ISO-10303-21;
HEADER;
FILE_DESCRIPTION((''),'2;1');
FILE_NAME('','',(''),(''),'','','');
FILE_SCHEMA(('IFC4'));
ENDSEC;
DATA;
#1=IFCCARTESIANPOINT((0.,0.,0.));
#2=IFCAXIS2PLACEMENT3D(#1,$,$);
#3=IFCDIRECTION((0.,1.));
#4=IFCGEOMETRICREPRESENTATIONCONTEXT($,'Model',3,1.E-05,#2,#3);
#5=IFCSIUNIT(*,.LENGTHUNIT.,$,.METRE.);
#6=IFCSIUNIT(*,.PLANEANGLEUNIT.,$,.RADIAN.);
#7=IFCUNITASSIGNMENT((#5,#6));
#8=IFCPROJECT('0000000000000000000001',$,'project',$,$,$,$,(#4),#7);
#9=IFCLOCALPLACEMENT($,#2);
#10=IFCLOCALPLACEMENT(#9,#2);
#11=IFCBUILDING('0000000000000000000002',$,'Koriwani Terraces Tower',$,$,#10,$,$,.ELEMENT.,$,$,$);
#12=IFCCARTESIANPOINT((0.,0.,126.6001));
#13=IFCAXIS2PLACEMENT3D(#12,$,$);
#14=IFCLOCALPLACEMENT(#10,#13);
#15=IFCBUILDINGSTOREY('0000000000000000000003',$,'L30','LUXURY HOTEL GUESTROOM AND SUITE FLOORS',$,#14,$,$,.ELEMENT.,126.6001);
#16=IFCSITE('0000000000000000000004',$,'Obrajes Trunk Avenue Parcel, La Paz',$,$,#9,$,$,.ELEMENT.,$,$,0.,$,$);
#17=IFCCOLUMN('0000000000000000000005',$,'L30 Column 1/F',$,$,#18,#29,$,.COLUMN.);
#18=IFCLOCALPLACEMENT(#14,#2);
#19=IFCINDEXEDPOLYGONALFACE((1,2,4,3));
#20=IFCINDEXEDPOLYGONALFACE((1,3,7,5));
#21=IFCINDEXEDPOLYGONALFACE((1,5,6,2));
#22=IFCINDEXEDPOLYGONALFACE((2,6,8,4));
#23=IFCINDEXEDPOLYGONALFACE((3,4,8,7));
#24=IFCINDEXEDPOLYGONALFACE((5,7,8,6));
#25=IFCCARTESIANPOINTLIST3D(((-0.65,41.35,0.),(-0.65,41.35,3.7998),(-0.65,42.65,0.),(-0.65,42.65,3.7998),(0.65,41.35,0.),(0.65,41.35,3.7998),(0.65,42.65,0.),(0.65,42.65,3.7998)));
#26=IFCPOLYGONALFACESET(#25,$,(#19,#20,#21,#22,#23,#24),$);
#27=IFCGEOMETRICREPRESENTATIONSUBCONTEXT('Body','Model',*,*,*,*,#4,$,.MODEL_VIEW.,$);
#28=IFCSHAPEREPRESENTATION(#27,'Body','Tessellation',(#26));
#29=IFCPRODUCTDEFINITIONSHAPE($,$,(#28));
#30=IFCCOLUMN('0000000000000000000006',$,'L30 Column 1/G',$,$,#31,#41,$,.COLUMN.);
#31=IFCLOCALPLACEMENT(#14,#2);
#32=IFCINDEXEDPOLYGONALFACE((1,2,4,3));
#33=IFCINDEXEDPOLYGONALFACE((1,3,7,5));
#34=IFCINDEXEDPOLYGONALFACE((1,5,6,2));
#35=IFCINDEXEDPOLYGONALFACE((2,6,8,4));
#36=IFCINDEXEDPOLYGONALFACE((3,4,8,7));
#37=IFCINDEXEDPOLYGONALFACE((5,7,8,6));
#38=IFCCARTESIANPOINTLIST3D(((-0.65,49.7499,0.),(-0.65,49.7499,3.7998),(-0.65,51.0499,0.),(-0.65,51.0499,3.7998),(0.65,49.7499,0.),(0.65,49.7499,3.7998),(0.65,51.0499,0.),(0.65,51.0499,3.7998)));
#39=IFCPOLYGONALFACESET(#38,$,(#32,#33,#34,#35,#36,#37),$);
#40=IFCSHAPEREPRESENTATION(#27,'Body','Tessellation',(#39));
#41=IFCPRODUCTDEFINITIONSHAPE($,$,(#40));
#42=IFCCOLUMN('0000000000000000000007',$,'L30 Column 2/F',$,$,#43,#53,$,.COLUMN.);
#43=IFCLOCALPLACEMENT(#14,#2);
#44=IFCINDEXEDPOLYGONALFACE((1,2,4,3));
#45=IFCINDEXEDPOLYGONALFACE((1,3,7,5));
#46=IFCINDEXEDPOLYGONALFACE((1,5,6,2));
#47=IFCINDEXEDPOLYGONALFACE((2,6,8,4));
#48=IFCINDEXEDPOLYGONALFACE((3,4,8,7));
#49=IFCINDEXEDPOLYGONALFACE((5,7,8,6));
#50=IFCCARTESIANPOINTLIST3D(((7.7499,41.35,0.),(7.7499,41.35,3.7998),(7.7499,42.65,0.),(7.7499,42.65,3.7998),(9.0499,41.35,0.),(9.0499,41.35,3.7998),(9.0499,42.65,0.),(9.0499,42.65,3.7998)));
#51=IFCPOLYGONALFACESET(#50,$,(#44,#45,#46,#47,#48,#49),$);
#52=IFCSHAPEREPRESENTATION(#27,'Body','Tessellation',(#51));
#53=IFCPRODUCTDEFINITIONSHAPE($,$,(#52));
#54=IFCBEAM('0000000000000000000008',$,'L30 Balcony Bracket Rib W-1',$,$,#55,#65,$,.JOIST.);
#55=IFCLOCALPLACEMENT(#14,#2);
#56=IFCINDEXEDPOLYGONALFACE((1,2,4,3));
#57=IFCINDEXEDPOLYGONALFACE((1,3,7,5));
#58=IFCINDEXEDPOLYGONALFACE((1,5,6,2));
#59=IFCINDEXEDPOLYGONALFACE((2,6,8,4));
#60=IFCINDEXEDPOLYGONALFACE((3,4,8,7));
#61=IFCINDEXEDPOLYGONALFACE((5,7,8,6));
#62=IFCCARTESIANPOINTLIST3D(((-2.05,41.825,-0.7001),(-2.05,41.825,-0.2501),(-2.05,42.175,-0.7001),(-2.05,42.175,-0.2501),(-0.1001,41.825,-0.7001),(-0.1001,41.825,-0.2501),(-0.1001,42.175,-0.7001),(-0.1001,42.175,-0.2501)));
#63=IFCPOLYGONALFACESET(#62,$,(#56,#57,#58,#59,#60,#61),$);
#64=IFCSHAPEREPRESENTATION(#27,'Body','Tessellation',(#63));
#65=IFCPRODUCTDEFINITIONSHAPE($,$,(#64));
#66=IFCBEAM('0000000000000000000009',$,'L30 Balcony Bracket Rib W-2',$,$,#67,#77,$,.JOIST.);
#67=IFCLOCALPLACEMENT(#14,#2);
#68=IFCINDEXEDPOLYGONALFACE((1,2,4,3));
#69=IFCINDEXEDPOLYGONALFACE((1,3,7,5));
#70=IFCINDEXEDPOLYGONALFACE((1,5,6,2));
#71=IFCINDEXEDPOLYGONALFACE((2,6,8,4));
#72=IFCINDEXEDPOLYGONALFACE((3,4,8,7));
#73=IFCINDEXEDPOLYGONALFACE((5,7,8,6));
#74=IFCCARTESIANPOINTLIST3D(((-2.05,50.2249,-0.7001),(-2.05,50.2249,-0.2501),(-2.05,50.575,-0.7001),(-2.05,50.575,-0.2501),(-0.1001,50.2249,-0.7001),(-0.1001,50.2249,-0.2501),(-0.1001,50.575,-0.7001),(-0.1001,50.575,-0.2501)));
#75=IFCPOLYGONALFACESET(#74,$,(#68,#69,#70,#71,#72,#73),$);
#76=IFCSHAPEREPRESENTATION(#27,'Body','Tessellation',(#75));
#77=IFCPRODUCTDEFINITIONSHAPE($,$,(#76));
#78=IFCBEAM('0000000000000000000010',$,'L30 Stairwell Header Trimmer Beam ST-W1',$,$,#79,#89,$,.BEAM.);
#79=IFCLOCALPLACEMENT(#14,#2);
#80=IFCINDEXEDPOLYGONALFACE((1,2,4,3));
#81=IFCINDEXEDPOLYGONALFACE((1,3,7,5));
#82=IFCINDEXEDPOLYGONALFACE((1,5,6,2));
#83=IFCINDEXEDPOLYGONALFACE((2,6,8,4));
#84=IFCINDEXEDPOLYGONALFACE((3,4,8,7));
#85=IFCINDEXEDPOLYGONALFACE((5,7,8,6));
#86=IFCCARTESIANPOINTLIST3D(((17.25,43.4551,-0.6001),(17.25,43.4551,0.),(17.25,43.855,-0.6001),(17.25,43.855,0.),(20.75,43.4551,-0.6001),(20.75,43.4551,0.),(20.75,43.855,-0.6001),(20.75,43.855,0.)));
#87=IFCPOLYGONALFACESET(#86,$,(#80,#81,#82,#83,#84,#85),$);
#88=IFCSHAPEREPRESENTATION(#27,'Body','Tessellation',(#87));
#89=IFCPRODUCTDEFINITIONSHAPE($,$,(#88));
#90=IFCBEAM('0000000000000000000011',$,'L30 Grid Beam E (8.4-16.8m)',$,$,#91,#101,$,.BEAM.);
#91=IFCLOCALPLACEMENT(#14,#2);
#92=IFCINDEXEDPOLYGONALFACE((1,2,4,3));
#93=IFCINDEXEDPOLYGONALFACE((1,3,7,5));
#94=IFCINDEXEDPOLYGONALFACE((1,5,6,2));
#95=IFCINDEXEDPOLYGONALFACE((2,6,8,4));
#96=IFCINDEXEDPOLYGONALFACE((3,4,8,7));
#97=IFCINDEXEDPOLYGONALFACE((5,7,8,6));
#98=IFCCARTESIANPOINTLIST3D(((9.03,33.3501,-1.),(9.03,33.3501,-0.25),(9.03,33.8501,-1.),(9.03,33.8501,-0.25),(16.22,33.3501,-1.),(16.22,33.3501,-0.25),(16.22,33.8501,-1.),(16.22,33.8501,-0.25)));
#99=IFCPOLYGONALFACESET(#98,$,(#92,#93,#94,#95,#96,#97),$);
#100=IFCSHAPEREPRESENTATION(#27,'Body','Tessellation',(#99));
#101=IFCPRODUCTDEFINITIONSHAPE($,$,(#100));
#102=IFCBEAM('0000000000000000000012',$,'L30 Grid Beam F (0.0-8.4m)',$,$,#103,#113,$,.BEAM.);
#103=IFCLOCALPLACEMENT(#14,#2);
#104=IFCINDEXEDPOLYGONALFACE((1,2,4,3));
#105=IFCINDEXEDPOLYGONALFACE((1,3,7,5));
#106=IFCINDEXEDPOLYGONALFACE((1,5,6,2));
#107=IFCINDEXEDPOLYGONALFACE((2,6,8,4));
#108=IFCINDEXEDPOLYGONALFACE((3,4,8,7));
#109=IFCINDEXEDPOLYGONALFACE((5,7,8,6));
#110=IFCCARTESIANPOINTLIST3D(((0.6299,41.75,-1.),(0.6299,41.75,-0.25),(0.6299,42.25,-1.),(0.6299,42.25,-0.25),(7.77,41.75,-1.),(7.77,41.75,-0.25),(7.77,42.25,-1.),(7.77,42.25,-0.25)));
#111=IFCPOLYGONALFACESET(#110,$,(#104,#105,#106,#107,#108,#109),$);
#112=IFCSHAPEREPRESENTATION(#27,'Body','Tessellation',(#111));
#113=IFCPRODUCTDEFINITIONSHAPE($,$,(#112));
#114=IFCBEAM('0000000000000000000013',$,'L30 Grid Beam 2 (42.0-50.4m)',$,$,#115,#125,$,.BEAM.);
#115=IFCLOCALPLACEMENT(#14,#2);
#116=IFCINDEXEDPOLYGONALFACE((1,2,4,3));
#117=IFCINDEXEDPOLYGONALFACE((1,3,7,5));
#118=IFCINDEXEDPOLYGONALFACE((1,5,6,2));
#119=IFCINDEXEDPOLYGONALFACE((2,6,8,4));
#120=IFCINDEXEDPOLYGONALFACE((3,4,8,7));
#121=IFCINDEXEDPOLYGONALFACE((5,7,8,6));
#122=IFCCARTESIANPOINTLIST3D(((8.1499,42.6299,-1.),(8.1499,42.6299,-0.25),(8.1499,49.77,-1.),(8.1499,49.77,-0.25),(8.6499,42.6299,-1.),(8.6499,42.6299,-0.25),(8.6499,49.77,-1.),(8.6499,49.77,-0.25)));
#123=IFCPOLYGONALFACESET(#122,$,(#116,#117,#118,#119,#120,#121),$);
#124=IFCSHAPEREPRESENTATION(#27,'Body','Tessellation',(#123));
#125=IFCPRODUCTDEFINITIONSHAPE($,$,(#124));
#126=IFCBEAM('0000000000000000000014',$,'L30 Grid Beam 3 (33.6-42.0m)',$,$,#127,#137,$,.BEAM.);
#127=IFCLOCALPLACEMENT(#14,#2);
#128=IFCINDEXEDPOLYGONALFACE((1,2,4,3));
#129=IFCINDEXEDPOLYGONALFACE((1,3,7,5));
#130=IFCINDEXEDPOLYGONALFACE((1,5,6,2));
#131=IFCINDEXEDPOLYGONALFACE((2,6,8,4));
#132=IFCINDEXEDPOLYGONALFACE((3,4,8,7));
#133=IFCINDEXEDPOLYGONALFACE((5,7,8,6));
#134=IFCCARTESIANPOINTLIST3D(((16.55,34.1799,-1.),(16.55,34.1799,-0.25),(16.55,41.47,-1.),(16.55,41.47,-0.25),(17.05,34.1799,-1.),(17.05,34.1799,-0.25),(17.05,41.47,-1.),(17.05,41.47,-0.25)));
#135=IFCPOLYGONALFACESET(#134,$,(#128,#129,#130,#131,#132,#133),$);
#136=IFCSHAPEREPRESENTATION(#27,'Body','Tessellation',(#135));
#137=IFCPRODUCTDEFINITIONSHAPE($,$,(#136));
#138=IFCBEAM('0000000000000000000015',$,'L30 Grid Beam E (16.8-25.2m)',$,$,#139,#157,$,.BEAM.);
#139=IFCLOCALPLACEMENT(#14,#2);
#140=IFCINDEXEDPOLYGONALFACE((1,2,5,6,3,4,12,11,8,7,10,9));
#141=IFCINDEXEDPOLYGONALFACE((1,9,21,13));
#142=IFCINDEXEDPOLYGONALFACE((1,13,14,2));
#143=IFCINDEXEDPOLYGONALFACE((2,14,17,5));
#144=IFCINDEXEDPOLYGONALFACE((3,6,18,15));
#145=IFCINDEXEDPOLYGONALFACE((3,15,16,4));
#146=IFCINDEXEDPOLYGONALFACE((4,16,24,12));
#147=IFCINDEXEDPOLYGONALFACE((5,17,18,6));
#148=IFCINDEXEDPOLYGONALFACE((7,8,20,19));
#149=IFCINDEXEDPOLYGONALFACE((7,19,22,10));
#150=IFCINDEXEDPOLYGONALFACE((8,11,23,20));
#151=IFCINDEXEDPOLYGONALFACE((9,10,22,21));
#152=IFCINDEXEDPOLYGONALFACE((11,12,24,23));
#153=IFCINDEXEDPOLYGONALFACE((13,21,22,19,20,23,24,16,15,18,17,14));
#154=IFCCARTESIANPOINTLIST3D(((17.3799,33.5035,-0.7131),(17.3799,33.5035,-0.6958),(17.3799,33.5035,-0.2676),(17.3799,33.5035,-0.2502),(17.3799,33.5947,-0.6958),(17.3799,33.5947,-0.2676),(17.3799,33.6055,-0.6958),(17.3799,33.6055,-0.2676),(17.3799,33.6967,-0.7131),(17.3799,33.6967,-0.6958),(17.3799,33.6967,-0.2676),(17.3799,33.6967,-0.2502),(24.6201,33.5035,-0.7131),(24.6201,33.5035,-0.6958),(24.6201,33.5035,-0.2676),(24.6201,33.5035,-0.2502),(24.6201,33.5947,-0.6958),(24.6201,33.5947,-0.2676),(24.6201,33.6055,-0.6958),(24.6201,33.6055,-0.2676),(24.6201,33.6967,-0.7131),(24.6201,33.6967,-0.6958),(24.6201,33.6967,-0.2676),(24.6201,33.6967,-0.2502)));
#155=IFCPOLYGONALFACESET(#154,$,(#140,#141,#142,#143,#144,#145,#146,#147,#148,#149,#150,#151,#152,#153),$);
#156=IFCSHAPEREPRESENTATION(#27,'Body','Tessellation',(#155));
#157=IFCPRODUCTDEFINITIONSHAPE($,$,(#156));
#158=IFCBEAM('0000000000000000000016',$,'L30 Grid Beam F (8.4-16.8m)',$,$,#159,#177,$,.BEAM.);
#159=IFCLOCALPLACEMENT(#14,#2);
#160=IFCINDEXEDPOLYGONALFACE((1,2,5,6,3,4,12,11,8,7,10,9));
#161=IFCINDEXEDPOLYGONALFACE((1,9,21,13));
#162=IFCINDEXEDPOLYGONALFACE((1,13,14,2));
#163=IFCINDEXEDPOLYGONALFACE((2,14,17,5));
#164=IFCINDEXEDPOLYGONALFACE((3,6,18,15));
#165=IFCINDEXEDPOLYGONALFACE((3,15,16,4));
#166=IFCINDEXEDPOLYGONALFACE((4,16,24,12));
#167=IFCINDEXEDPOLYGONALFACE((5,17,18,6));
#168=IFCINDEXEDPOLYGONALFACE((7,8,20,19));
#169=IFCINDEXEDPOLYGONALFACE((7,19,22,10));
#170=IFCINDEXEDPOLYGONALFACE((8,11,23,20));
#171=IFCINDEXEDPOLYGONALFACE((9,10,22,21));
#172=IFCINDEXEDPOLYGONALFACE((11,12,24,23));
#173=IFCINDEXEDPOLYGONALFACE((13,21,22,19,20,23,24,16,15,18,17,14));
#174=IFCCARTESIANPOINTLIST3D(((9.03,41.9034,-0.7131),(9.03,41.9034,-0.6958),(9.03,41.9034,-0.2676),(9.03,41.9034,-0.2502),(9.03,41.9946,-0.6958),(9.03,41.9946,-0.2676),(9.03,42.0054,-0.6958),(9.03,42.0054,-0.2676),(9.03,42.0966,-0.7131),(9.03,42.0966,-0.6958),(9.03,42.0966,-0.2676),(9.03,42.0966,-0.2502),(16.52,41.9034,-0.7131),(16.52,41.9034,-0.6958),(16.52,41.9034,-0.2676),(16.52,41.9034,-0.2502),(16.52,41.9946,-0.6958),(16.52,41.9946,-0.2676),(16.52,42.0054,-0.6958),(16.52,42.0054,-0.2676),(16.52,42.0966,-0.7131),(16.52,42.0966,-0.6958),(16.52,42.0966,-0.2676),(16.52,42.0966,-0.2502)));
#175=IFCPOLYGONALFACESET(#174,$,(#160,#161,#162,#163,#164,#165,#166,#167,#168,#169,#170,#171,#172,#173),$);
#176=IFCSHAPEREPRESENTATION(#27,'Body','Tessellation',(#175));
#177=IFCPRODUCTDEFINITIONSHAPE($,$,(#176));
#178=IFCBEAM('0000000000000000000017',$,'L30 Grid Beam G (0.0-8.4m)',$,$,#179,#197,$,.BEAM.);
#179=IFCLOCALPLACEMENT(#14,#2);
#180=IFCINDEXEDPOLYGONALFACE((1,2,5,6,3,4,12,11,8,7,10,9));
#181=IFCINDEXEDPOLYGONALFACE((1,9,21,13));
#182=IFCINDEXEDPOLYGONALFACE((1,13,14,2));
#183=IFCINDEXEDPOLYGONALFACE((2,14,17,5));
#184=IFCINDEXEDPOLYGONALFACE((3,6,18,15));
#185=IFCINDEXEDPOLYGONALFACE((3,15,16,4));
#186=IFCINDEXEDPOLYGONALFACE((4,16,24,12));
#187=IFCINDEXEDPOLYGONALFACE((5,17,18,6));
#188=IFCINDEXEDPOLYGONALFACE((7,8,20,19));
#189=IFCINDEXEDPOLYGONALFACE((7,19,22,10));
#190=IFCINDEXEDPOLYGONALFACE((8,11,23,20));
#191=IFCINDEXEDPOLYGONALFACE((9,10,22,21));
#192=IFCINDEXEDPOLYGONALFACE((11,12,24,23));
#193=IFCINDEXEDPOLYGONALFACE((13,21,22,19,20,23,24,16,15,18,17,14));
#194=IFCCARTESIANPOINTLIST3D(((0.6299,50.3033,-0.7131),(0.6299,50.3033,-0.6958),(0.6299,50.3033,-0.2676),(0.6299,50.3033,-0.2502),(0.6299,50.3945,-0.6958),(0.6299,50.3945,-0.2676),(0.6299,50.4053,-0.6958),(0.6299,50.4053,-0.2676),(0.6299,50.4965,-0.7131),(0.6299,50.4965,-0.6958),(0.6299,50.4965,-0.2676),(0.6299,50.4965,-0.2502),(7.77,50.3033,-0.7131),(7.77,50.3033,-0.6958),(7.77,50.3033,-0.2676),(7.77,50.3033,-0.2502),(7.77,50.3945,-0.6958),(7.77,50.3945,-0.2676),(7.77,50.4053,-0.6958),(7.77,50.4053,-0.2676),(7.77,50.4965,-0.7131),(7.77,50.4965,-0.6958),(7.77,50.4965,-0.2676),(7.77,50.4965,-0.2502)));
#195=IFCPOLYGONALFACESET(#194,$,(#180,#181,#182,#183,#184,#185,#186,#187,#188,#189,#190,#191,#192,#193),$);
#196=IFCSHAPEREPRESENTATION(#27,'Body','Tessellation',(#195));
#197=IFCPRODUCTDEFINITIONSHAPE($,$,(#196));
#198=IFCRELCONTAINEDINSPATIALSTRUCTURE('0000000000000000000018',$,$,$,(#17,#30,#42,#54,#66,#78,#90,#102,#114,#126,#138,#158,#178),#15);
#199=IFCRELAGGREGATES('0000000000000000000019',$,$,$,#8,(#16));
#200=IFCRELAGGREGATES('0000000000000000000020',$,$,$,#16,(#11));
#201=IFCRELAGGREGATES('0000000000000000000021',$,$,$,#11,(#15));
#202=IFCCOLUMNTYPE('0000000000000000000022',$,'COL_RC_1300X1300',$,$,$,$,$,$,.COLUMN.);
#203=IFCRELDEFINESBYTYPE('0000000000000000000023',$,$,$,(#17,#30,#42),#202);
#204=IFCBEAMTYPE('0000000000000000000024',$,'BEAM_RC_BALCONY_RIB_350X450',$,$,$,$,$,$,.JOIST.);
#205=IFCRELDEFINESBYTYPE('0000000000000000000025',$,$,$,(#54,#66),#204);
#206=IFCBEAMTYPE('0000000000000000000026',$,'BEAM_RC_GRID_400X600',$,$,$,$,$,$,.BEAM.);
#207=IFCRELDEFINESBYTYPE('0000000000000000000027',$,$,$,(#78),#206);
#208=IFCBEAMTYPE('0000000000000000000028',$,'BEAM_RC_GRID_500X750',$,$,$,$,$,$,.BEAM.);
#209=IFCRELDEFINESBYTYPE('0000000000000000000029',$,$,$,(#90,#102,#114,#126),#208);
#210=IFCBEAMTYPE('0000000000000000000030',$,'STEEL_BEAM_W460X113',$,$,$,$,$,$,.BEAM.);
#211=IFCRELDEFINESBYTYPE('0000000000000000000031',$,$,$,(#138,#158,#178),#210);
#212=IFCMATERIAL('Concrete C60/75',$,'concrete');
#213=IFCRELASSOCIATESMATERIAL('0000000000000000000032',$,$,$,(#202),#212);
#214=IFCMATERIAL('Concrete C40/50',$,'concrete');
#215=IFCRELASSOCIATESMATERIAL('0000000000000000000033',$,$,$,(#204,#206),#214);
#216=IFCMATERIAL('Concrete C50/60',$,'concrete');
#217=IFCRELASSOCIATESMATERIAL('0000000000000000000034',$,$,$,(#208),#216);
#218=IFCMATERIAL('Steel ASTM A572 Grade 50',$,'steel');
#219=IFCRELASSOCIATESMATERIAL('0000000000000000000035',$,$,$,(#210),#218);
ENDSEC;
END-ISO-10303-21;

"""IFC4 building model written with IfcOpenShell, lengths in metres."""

from ifc_helpers import new_model, si_unit, direction, frame, origin, origin_2d, place, context, subcontext, project, spatial, rectangle, i_section, extrude, material, material_profile, profile_set, type_object, element, save


model = new_model("IFC4")

# Units and contexts
model_context = context("Model", 3, precision=1e-05, world=origin(), true_north=direction((0.0, 1.0)))
body_context = subcontext(model_context, "Body", "Model", "MODEL_VIEW")
ifc_project = project(units=[si_unit("LENGTHUNIT", "METRE"), si_unit("PLANEANGLEUNIT", "RADIAN")], contexts=[model_context])

# Site, building, storey
site_placement = place(None, origin())
site = spatial("IfcSite", under=ifc_project, at=site_placement, Name="Obrajes Trunk Avenue Parcel, La Paz", CompositionType="ELEMENT", RefElevation=0.0)
building_placement = place(site_placement, origin())
building = spatial("IfcBuilding", under=site, at=building_placement, Name="Koriwani Terraces Tower", CompositionType="ELEMENT")
storey_placement = place(building_placement, frame((0.0, 0.0, 126.6001)))
storey = spatial("IfcBuildingStorey", under=building, at=storey_placement, Name="L30", Description="LUXURY HOTEL GUESTROOM AND SUITE FLOORS", CompositionType="ELEMENT", Elevation=126.6001)

# Columns
ifc_material_1 = material(Name="Concrete C60/75", Category="concrete")
ifc_material_profile_1 = material_profile(ifc_material_1, rectangle(XDim=1.3, YDim=1.3, at=origin_2d()), Name="Concrete C60/75", Category="LoadBearing")
ifc_profile_set_1 = profile_set([ifc_material_profile_1], Name="Concrete C60/75")
column_type = type_object("IfcColumnType", Name="COL_RC_1300X1300", PredefinedType="COLUMN", material=ifc_profile_set_1)
for number, where, z_axis, x_axis, name in (
    (1, (0.0, 42.0, 0.0), (0.0, 0.0, 1.0), (1.0, 0.0, 0.0), "L30 Column 1/F"),
    (2, (0.0, 50.3999, 0.0), (0.0, 0.0, 1.0), (1.0, 0.0, 0.0), "L30 Column 1/G"),
    (3, (8.3999, 42.0, 0.0), (0.0, 0.0, 1.0), (1.0, 0.0, 0.0), "L30 Column 2/F"),
):
    element("IfcColumn", number, at=place(storey_placement, frame(where, z_axis=z_axis, x_axis=x_axis)), inside=storey, type_object=column_type, Name=name, PredefinedType="COLUMN", context=body_context, shape_type="SweptSolid", body=[
        extrude(rectangle(XDim=1.3, YDim=1.3, at=origin_2d()), origin(), (0.0, 0.0, 1.0), 3.7998),
    ])

# Beams
ifc_material_2 = material(Name="Concrete C40/50", Category="concrete")
ifc_material_profile_2 = material_profile(ifc_material_2, rectangle(XDim=0.3501, YDim=0.45, at=origin_2d()), Name="Concrete C40/50", Category="LoadBearing")
ifc_profile_set_2 = profile_set([ifc_material_profile_2], Name="Concrete C40/50")
beam_type_1 = type_object("IfcBeamType", Name="BEAM_RC_BALCONY_RIB_350X450", PredefinedType="JOIST", material=ifc_profile_set_2)
for number, where, z_axis, x_axis, name in (
    (4, (-2.05, 42.0, -0.4751), (1.0, 0.0, 0.0), (0.0, 1.0, 0.0), "L30 Balcony Bracket Rib W-1"),
    (5, (-2.05, 50.3999, -0.4751), (1.0, 0.0, 0.0), (0.0, 1.0, 0.0), "L30 Balcony Bracket Rib W-2"),
):
    element("IfcBeam", number, at=place(storey_placement, frame(where, z_axis=z_axis, x_axis=x_axis)), inside=storey, type_object=beam_type_1, Name=name, PredefinedType="JOIST", context=body_context, shape_type="SweptSolid", body=[
        extrude(rectangle(XDim=0.3501, YDim=0.45, at=origin_2d()), origin(), (0.0, 0.0, 1.0), 1.95),
    ])
ifc_material_profile_3 = material_profile(ifc_material_2, rectangle(XDim=0.3999, YDim=0.6001, at=origin_2d()), Name="Concrete C40/50", Category="LoadBearing")
ifc_profile_set_3 = profile_set([ifc_material_profile_3], Name="Concrete C40/50")
beam_type_2 = type_object("IfcBeamType", Name="BEAM_RC_GRID_400X600", PredefinedType="BEAM", material=ifc_profile_set_3)
beam_1_placement = place(storey_placement, frame((17.25, 43.655, -0.3), z_axis=(1.0, 0.0, 0.0), x_axis=(0.0, 1.0, 0.0)))
element("IfcBeam", 6, at=beam_1_placement, inside=storey, type_object=beam_type_2, Name="L30 Stairwell Header Trimmer Beam ST-W1", PredefinedType="BEAM", context=body_context, shape_type="SweptSolid", body=[
    extrude(rectangle(XDim=0.3999, YDim=0.6001, at=origin_2d()), origin(), (0.0, 0.0, 1.0), 3.5),
])
ifc_material_3 = material(Name="Concrete C50/60", Category="concrete")
ifc_material_profile_4 = material_profile(ifc_material_3, rectangle(XDim=0.5, YDim=0.75, at=origin_2d()), Name="Concrete C50/60", Category="LoadBearing")
ifc_profile_set_4 = profile_set([ifc_material_profile_4], Name="Concrete C50/60")
beam_type_3 = type_object("IfcBeamType", Name="BEAM_RC_GRID_500X750", PredefinedType="BEAM", material=ifc_profile_set_4)
beam_2_placement = place(storey_placement, frame((9.03, 33.6001, -0.625), z_axis=(1.0, 0.0, 0.0), x_axis=(0.0, 1.0, 0.0)))
element("IfcBeam", 7, at=beam_2_placement, inside=storey, type_object=beam_type_3, Name="L30 Grid Beam E (8.4-16.8m)", PredefinedType="BEAM", context=body_context, shape_type="SweptSolid", body=[
    extrude(rectangle(XDim=0.5, YDim=0.75, at=origin_2d()), origin(), (0.0, 0.0, 1.0), 7.1899),
])
for number, where, z_axis, x_axis, name in (
    (8, (0.6299, 42.0, -0.625), (1.0, 0.0, 0.0), (0.0, 1.0, 0.0), "L30 Grid Beam F (0.0-8.4m)"),
    (9, (8.3999, 42.6299, -0.625), (0.0, 1.0, 0.0), (-1.0, 0.0, 0.0), "L30 Grid Beam 2 (42.0-50.4m)"),
):
    element("IfcBeam", number, at=place(storey_placement, frame(where, z_axis=z_axis, x_axis=x_axis)), inside=storey, type_object=beam_type_3, Name=name, PredefinedType="BEAM", context=body_context, shape_type="SweptSolid", body=[
        extrude(rectangle(XDim=0.5, YDim=0.75, at=origin_2d()), origin(), (0.0, 0.0, 1.0), 7.1401),
    ])
beam_3_placement = place(storey_placement, frame((16.8, 34.1799, -0.625), z_axis=(0.0, 1.0, 0.0), x_axis=(-1.0, 0.0, 0.0)))
element("IfcBeam", 10, at=beam_3_placement, inside=storey, type_object=beam_type_3, Name="L30 Grid Beam 3 (33.6-42.0m)", PredefinedType="BEAM", context=body_context, shape_type="SweptSolid", body=[
    extrude(rectangle(XDim=0.5, YDim=0.75, at=origin_2d()), origin(), (0.0, 0.0, 1.0), 7.29),
])
ifc_material_4 = material(Name="Steel ASTM A572 Grade 50", Category="steel")
ifc_material_profile_5 = material_profile(ifc_material_4, i_section(OverallWidth=0.1931, OverallDepth=0.4629, WebThickness=0.0107, FlangeThickness=0.0173, at=origin_2d()), Name="Steel ASTM A572 Grade 50", Category="LoadBearing")
ifc_profile_set_5 = profile_set([ifc_material_profile_5], Name="Steel ASTM A572 Grade 50")
beam_type_4 = type_object("IfcBeamType", Name="STEEL_BEAM_W460X113", PredefinedType="BEAM", material=ifc_profile_set_5)
beam_4_placement = place(storey_placement, frame((17.3799, 33.6001, -0.4817), z_axis=(1.0, 0.0, 0.0), x_axis=(0.0, 1.0, 0.0)))
element("IfcBeam", 11, at=beam_4_placement, inside=storey, type_object=beam_type_4, Name="L30 Grid Beam E (16.8-25.2m)", PredefinedType="BEAM", context=body_context, shape_type="SweptSolid", body=[
    extrude(i_section(OverallWidth=0.1931, OverallDepth=0.4629, WebThickness=0.0107, FlangeThickness=0.0173, at=origin_2d()), origin(), (0.0, 0.0, 1.0), 7.2402),
])
beam_5_placement = place(storey_placement, frame((9.03, 42.0, -0.4817), z_axis=(1.0, 0.0, 0.0), x_axis=(0.0, 1.0, 0.0)))
element("IfcBeam", 12, at=beam_5_placement, inside=storey, type_object=beam_type_4, Name="L30 Grid Beam F (8.4-16.8m)", PredefinedType="BEAM", context=body_context, shape_type="SweptSolid", body=[
    extrude(i_section(OverallWidth=0.1931, OverallDepth=0.4629, WebThickness=0.0107, FlangeThickness=0.0173, at=origin_2d()), origin(), (0.0, 0.0, 1.0), 7.49),
])
for number, where, z_axis, x_axis, name in (
    (13, (0.6299, 50.3999, -0.4817), (1.0, 0.0, 0.0), (0.0, 1.0, 0.0), "L30 Grid Beam G (0.0-8.4m)"),
):
    element("IfcBeam", number, at=place(storey_placement, frame(where, z_axis=z_axis, x_axis=x_axis)), inside=storey, type_object=beam_type_4, Name=name, PredefinedType="BEAM", context=body_context, shape_type="SweptSolid", body=[
        extrude(i_section(OverallWidth=0.1931, OverallDepth=0.4629, WebThickness=0.0107, FlangeThickness=0.0173, at=origin_2d()), origin(), (0.0, 0.0, 1.0), 7.1401),
    ])

save(model, "model.ifc")
